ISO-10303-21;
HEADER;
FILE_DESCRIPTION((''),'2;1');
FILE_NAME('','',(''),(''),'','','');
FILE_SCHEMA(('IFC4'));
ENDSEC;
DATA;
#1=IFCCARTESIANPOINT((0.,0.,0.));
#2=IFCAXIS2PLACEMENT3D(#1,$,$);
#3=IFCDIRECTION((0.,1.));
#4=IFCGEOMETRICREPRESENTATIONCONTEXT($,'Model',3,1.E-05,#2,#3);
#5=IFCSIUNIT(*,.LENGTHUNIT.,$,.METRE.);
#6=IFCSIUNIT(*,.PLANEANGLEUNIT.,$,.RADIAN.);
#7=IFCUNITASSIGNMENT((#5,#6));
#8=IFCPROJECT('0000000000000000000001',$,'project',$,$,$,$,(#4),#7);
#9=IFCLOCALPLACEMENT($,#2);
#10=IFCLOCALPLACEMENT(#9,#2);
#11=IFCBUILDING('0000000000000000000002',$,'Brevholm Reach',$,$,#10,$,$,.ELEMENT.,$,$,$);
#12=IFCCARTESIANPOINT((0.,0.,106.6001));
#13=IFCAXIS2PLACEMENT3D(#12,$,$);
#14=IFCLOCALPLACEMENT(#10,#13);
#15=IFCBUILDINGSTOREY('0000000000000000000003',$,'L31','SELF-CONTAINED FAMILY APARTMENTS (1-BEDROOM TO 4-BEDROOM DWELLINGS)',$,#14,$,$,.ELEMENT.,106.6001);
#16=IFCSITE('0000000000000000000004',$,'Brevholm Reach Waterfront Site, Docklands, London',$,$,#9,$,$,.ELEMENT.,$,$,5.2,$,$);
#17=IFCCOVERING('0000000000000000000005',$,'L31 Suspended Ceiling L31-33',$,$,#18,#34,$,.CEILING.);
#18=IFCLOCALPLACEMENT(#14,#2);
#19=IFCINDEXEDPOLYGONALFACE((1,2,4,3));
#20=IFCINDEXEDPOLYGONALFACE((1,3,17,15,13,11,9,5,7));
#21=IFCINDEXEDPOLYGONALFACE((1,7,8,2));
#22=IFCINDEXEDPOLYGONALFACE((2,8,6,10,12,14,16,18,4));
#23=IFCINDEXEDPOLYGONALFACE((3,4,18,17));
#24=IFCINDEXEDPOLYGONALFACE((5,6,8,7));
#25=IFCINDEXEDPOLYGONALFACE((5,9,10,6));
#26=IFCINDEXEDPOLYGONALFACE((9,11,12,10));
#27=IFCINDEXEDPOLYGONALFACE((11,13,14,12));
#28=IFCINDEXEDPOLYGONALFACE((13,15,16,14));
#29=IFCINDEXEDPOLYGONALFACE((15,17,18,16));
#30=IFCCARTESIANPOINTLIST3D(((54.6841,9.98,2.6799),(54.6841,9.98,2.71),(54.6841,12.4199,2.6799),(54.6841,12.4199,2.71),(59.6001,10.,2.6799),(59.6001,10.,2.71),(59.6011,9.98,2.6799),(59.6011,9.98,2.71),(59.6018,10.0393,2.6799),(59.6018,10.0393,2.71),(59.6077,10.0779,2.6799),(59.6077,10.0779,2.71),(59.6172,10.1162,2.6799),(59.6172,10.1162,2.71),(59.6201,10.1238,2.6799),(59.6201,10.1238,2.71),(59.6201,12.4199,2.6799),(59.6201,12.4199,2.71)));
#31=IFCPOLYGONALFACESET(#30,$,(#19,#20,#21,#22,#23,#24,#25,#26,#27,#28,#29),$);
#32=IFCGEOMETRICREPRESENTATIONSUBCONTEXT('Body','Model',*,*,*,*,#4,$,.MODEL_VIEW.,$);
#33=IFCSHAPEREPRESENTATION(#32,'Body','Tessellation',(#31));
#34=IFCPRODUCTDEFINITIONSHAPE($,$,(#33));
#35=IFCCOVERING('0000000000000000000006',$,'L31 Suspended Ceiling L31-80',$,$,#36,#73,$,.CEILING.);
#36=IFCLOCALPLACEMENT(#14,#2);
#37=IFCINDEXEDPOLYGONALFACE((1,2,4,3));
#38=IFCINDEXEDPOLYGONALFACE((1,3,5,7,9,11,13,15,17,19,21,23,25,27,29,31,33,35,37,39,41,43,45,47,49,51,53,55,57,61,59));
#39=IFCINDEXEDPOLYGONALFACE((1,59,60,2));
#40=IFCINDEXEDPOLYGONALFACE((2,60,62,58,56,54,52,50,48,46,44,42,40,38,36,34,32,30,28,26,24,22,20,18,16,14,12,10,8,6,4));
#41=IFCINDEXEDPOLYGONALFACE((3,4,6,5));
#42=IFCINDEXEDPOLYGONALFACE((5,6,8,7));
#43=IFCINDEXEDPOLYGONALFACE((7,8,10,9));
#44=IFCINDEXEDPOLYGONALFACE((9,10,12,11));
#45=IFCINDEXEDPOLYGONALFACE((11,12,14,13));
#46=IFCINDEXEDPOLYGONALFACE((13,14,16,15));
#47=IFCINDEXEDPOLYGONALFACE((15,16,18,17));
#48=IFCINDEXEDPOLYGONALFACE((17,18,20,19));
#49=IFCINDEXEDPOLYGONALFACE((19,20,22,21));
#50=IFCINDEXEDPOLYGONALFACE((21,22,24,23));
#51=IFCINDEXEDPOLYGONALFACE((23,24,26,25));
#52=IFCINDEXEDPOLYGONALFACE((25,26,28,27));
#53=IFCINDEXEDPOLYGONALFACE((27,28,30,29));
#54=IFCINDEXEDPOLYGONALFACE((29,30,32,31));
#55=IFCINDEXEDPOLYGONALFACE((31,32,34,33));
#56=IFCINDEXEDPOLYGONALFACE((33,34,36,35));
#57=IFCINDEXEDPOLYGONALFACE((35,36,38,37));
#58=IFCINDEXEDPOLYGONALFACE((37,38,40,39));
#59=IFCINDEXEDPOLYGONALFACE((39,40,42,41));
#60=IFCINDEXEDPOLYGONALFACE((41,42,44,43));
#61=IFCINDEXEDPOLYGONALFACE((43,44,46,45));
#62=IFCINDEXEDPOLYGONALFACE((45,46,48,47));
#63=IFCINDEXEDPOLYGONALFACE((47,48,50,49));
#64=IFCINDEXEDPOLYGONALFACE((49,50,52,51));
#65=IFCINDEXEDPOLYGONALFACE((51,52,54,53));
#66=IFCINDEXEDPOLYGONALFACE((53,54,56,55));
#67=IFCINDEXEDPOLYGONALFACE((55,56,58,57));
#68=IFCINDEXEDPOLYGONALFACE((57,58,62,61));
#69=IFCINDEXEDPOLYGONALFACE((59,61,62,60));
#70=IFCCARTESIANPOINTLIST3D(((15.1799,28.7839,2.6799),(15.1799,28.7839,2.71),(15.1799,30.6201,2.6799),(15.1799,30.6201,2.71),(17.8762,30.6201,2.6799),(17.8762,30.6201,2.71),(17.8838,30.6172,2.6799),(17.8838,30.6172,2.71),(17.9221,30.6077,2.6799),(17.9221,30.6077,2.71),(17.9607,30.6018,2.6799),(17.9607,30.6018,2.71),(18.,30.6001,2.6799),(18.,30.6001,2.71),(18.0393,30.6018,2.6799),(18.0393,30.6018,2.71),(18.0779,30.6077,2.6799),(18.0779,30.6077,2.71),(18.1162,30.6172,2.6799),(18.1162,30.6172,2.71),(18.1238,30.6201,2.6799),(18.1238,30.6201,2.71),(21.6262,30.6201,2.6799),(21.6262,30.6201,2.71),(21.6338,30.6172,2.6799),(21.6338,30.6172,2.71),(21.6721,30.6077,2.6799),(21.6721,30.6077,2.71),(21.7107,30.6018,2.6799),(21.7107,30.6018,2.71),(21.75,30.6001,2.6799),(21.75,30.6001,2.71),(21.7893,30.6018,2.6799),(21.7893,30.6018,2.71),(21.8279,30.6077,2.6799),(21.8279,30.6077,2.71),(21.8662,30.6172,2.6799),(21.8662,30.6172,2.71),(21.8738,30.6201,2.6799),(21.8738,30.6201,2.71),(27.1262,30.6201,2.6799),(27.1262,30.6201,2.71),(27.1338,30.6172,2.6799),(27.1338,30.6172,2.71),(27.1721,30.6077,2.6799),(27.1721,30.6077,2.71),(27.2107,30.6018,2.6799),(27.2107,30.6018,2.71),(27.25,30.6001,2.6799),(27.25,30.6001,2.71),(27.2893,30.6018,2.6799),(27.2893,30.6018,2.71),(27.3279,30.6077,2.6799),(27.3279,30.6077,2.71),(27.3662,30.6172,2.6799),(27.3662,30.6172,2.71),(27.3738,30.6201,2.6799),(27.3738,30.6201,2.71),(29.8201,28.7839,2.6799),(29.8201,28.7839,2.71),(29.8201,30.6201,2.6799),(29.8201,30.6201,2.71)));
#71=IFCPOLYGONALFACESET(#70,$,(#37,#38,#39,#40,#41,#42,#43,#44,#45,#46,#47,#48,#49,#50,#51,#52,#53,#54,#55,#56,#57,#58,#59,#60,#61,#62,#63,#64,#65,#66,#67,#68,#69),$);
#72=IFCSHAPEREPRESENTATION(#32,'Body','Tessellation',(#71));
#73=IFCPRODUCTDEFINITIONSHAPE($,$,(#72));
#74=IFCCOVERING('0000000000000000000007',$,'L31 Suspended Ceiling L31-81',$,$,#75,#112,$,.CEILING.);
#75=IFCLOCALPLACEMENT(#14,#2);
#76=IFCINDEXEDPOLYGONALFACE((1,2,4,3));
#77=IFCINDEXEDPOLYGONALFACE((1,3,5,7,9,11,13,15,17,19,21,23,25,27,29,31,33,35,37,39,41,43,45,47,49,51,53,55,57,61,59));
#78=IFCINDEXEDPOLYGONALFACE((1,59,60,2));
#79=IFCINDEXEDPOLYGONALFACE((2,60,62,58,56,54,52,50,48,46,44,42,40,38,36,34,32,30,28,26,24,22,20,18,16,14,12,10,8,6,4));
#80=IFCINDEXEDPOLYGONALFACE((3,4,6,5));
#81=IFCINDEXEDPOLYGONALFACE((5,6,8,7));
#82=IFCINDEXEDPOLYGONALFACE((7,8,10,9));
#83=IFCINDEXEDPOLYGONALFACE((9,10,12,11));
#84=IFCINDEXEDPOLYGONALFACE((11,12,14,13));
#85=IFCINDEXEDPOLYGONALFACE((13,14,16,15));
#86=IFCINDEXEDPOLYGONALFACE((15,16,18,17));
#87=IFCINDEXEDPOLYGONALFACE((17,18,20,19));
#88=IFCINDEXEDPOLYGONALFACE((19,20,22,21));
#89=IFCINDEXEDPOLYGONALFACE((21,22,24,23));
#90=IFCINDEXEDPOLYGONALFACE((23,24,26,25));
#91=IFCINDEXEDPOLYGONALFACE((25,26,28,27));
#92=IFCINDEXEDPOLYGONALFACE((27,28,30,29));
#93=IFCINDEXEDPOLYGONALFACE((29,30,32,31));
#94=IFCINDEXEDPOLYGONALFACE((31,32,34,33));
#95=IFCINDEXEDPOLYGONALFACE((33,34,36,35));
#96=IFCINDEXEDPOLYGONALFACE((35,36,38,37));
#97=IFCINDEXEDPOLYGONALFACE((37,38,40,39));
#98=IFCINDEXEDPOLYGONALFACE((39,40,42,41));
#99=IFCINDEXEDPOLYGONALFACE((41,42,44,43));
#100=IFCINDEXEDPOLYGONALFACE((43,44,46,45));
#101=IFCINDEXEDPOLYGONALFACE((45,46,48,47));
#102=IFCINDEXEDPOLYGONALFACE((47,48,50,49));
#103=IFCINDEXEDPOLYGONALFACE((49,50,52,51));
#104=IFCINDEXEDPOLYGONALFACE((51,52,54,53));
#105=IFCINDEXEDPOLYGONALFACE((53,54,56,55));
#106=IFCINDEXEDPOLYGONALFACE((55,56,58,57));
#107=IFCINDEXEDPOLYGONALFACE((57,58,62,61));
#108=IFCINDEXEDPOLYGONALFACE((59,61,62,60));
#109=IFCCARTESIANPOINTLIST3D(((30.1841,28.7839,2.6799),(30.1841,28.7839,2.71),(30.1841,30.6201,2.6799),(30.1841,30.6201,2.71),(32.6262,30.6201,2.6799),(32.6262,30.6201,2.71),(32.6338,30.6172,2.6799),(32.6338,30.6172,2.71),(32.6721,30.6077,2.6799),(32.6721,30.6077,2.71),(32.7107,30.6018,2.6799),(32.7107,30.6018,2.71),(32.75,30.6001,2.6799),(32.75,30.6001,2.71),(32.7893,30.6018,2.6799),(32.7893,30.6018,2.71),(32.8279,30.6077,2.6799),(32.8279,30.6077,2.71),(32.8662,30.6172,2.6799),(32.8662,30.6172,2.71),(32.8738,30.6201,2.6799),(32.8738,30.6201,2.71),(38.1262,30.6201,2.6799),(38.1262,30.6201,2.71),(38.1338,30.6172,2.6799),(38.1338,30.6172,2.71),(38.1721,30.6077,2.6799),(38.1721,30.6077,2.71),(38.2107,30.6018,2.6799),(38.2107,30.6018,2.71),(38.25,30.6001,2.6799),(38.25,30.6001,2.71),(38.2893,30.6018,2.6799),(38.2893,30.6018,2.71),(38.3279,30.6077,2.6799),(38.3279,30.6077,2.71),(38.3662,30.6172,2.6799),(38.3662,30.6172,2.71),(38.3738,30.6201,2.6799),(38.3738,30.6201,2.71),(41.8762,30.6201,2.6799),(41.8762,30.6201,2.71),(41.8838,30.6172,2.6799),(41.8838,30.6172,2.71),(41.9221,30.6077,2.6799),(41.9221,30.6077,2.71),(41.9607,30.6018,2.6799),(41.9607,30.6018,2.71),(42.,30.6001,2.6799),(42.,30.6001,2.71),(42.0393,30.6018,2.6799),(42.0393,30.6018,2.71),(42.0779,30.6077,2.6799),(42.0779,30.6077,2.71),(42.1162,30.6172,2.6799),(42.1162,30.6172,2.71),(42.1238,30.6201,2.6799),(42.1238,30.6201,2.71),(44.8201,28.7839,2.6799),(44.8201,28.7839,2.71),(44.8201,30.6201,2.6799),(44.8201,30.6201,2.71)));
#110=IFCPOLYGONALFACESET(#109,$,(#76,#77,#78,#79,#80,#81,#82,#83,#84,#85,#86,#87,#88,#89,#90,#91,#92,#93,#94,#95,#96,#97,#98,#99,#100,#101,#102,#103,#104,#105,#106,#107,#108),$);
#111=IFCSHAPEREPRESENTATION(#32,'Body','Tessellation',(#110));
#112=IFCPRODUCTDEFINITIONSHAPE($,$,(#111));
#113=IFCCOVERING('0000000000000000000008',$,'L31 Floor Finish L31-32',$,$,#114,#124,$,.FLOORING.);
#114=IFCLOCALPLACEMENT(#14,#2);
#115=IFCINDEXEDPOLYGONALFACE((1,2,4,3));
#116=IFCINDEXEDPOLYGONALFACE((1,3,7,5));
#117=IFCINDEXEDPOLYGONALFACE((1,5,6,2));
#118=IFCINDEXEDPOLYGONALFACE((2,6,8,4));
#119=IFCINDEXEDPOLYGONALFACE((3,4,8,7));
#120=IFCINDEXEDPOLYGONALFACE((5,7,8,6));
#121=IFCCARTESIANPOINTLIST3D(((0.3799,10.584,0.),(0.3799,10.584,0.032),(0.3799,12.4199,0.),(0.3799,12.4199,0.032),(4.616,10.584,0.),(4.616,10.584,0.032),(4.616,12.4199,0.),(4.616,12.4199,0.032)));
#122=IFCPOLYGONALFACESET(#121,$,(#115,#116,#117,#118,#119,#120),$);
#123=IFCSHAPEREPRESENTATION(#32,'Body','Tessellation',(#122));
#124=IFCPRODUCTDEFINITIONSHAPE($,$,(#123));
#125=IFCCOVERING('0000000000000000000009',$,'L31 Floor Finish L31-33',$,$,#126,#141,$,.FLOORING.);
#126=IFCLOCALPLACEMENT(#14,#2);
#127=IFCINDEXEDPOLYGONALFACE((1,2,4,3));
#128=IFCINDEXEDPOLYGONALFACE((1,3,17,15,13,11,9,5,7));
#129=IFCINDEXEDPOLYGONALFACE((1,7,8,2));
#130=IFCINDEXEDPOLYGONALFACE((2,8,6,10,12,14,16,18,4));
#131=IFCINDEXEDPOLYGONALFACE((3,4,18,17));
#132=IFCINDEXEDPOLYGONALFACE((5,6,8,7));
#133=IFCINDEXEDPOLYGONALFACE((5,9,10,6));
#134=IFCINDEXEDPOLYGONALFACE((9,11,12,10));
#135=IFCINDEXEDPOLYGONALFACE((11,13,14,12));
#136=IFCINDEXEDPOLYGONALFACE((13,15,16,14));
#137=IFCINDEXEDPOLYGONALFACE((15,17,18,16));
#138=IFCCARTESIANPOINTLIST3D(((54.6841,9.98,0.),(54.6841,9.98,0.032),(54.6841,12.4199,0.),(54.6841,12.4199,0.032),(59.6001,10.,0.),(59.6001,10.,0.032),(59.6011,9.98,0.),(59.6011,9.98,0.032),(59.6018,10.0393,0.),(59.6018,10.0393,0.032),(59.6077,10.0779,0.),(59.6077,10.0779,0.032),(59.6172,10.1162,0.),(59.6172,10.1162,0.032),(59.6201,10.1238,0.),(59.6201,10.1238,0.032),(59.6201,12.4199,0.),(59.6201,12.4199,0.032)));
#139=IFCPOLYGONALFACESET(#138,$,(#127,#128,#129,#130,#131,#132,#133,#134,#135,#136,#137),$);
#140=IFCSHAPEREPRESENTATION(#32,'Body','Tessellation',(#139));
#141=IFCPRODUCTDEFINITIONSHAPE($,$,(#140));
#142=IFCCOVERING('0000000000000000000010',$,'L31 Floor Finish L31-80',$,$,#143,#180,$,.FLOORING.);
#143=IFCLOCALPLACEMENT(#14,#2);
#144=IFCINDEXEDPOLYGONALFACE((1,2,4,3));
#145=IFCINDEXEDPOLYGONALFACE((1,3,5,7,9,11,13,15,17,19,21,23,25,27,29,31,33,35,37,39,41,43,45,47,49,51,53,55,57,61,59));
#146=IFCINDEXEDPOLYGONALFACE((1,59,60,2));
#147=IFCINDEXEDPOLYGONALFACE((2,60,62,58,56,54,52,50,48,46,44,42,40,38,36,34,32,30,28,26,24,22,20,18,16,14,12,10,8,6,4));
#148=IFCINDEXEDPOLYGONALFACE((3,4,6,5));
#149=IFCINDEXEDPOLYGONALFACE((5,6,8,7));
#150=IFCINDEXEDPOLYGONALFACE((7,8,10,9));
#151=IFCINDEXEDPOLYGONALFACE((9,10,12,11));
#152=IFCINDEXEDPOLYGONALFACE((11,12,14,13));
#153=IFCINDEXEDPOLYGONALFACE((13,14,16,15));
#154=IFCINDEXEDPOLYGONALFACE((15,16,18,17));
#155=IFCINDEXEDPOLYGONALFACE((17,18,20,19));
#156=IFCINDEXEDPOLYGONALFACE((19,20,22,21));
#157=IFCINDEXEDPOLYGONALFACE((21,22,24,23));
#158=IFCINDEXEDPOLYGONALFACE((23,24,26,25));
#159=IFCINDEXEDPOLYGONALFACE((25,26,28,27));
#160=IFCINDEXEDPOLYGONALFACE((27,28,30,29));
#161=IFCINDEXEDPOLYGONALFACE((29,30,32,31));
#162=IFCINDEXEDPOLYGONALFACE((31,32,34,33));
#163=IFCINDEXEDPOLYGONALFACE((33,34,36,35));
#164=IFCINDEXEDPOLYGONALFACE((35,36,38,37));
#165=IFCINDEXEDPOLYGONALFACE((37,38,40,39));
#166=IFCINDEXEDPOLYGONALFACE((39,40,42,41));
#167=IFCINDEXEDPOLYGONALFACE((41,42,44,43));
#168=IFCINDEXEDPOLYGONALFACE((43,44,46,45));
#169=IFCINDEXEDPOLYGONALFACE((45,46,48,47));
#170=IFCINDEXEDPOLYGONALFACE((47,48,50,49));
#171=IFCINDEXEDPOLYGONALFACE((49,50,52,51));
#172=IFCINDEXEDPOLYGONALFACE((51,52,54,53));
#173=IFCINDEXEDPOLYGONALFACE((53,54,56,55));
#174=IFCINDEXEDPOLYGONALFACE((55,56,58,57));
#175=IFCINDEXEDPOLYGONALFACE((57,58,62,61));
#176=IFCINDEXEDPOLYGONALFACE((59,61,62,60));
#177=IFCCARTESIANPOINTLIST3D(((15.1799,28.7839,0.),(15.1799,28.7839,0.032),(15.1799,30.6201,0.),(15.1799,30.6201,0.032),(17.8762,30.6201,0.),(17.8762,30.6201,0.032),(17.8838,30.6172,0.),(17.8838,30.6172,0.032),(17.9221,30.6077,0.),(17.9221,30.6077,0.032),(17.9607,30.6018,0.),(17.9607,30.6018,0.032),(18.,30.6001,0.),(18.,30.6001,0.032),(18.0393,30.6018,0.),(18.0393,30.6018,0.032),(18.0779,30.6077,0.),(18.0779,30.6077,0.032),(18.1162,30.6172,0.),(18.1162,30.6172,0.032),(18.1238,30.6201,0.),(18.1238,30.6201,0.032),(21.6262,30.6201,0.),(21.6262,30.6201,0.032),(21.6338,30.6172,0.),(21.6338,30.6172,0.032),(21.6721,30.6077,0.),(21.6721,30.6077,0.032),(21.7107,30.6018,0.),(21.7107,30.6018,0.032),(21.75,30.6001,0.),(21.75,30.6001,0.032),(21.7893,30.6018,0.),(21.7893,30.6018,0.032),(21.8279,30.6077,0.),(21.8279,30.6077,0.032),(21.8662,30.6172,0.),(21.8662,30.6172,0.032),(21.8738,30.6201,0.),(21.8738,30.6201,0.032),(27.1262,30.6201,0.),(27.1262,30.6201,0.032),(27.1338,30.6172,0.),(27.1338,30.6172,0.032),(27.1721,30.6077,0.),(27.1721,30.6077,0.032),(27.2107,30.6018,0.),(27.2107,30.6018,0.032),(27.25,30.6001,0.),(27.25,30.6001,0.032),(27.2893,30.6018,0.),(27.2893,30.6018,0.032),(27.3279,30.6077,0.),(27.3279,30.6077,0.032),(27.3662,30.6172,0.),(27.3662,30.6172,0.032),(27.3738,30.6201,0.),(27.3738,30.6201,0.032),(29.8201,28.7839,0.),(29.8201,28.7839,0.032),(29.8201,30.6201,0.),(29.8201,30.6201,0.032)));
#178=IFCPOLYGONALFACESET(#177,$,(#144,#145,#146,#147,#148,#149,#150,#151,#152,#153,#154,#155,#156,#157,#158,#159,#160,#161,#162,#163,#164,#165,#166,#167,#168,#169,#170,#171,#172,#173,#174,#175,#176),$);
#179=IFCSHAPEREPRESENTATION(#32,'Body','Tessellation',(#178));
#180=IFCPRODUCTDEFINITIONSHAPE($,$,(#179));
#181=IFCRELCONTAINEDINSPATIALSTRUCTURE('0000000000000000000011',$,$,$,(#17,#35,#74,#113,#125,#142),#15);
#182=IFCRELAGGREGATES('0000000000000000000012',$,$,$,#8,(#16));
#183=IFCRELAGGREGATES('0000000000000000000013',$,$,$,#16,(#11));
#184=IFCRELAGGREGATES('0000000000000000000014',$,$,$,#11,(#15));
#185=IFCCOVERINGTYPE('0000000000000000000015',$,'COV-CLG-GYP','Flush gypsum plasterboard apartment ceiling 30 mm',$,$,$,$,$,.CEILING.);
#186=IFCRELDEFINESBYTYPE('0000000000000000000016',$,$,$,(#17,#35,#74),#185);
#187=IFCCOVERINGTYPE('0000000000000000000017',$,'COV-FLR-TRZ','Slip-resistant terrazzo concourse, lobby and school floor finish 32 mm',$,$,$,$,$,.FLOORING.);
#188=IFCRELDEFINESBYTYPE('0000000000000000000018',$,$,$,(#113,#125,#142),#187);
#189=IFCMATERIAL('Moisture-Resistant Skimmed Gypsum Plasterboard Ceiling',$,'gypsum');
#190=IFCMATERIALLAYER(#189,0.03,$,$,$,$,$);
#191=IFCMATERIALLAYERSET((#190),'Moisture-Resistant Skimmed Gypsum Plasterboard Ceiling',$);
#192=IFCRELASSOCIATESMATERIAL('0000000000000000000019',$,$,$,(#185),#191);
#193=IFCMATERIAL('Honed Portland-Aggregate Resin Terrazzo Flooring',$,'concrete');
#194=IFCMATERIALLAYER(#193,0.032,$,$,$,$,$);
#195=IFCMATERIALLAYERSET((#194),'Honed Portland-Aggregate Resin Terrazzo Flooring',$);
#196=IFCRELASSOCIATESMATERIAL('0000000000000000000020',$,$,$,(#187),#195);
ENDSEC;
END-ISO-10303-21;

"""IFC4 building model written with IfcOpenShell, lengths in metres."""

from ifc_helpers import new_model, si_unit, direction, frame, origin, place, context, subcontext, project, spatial, polyline, outline, extrude, material, layer, layer_set, type_object, element, save


model = new_model("IFC4")

# Units and contexts
model_context = context("Model", 3, precision=1e-05, world=origin(), true_north=direction((0.0, 1.0)))
body_context = subcontext(model_context, "Body", "Model", "MODEL_VIEW")
ifc_project = project(units=[si_unit("LENGTHUNIT", "METRE"), si_unit("PLANEANGLEUNIT", "RADIAN")], contexts=[model_context])

# Site, building, storey
site_placement = place(None, origin())
site = spatial("IfcSite", under=ifc_project, at=site_placement, Name="Brevholm Reach Waterfront Site, Docklands, London", CompositionType="ELEMENT", RefElevation=5.2)
building_placement = place(site_placement, origin())
building = spatial("IfcBuilding", under=site, at=building_placement, Name="Brevholm Reach", CompositionType="ELEMENT")
storey_placement = place(building_placement, frame((0.0, 0.0, 106.6001)))
storey = spatial("IfcBuildingStorey", under=building, at=storey_placement, Name="L31", Description="SELF-CONTAINED FAMILY APARTMENTS (1-BEDROOM TO 4-BEDROOM DWELLINGS)", CompositionType="ELEMENT", Elevation=106.6001)

# Coverings
ifc_material_1 = material(Name="Moisture-Resistant Skimmed Gypsum Plasterboard Ceiling", Category="gypsum")
ifc_layer_1 = layer(ifc_material_1, 0.03)
ifc_layer_set_1 = layer_set([ifc_layer_1], Name="Moisture-Resistant Skimmed Gypsum Plasterboard Ceiling")
covering_type_1 = type_object("IfcCoveringType", Name="COV-CLG-GYP", Description="Flush gypsum plasterboard apartment ceiling 30 mm", PredefinedType="CEILING", material=ifc_layer_set_1)
covering_1_placement = place(storey_placement, frame((0.0, 0.0, 2.6799)))
element("IfcCovering", 1, at=covering_1_placement, inside=storey, type_object=covering_type_1, Name="L31 Suspended Ceiling L31-33", PredefinedType="CEILING", context=body_context, shape_type="SweptSolid", body=[
    extrude(outline(polyline([(59.6201, 12.4199), (59.6201, 10.1238), (59.6172, 10.1162), (59.6077, 10.0779), (59.6018, 10.0393), (59.6001, 10.0), (59.6011, 9.98), (54.6841, 9.98), (54.6841, 12.4199), (59.6201, 12.4199)])), origin(), (0.0, 0.0, 1.0), 0.03),
])
covering_2_placement = place(storey_placement, frame((0.0, 0.0, 2.6799)))
element("IfcCovering", 2, at=covering_2_placement, inside=storey, type_object=covering_type_1, Name="L31 Suspended Ceiling L31-80", PredefinedType="CEILING", context=body_context, shape_type="SweptSolid", body=[
    extrude(outline(polyline([(15.1799, 30.6201), (17.8762, 30.6201), (17.8838, 30.6172), (17.9221, 30.6077), (17.9607, 30.6018), (18.0, 30.6001), (18.0393, 30.6018), (18.0779, 30.6077), (18.1162, 30.6172), (18.1238, 30.6201), (21.6262, 30.6201), (21.6338, 30.6172), (21.6721, 30.6077), (21.7107, 30.6018), (21.75, 30.6001), (21.7893, 30.6018), (21.8279, 30.6077), (21.8662, 30.6172), (21.8738, 30.6201), (27.1262, 30.6201), (27.1338, 30.6172), (27.1721, 30.6077), (27.2107, 30.6018), (27.25, 30.6001), (27.2893, 30.6018), (27.3279, 30.6077), (27.3662, 30.6172), (27.3738, 30.6201), (29.8201, 30.6201), (29.8201, 28.7839), (15.1799, 28.7839), (15.1799, 30.6201)])), origin(), (0.0, 0.0, 1.0), 0.03),
])
covering_3_placement = place(storey_placement, frame((0.0, 0.0, 2.6799)))
element("IfcCovering", 3, at=covering_3_placement, inside=storey, type_object=covering_type_1, Name="L31 Suspended Ceiling L31-81", PredefinedType="CEILING", context=body_context, shape_type="SweptSolid", body=[
    extrude(outline(polyline([(32.6262, 30.6201), (32.6338, 30.6172), (32.6721, 30.6077), (32.7107, 30.6018), (32.75, 30.6001), (32.7893, 30.6018), (32.8279, 30.6077), (32.8662, 30.6172), (32.8738, 30.6201), (38.1262, 30.6201), (38.1338, 30.6172), (38.1721, 30.6077), (38.2107, 30.6018), (38.25, 30.6001), (38.2893, 30.6018), (38.3279, 30.6077), (38.3662, 30.6172), (38.3738, 30.6201), (41.8762, 30.6201), (41.8838, 30.6172), (41.9221, 30.6077), (41.9607, 30.6018), (42.0, 30.6001), (42.0393, 30.6018), (42.0779, 30.6077), (42.1162, 30.6172), (42.1238, 30.6201), (44.8201, 30.6201), (44.8201, 28.7839), (30.1841, 28.7839), (30.1841, 30.6201), (32.6262, 30.6201)])), origin(), (0.0, 0.0, 1.0), 0.03),
])
ifc_material_2 = material(Name="Honed Portland-Aggregate Resin Terrazzo Flooring", Category="concrete")
ifc_layer_2 = layer(ifc_material_2, 0.032)
ifc_layer_set_2 = layer_set([ifc_layer_2], Name="Honed Portland-Aggregate Resin Terrazzo Flooring")
covering_type_2 = type_object("IfcCoveringType", Name="COV-FLR-TRZ", Description="Slip-resistant terrazzo concourse, lobby and school floor finish 32 mm", PredefinedType="FLOORING", material=ifc_layer_set_2)
covering_4_placement = place(storey_placement, origin())
element("IfcCovering", 4, at=covering_4_placement, inside=storey, type_object=covering_type_2, Name="L31 Floor Finish L31-32", PredefinedType="FLOORING", context=body_context, shape_type="SweptSolid", body=[
    extrude(outline(polyline([(0.3799, 12.4199), (4.616, 12.4199), (4.616, 10.584), (0.3799, 10.584), (0.3799, 12.4199)])), origin(), (0.0, 0.0, 1.0), 0.032),
])
covering_5_placement = place(storey_placement, origin())
element("IfcCovering", 5, at=covering_5_placement, inside=storey, type_object=covering_type_2, Name="L31 Floor Finish L31-33", PredefinedType="FLOORING", context=body_context, shape_type="SweptSolid", body=[
    extrude(outline(polyline([(59.6201, 12.4199), (59.6201, 10.1238), (59.6172, 10.1162), (59.6077, 10.0779), (59.6018, 10.0393), (59.6001, 10.0), (59.6011, 9.98), (54.6841, 9.98), (54.6841, 12.4199), (59.6201, 12.4199)])), origin(), (0.0, 0.0, 1.0), 0.032),
])
covering_6_placement = place(storey_placement, origin())
element("IfcCovering", 6, at=covering_6_placement, inside=storey, type_object=covering_type_2, Name="L31 Floor Finish L31-80", PredefinedType="FLOORING", context=body_context, shape_type="SweptSolid", body=[
    extrude(outline(polyline([(15.1799, 30.6201), (17.8762, 30.6201), (17.8838, 30.6172), (17.9221, 30.6077), (17.9607, 30.6018), (18.0, 30.6001), (18.0393, 30.6018), (18.0779, 30.6077), (18.1162, 30.6172), (18.1238, 30.6201), (21.6262, 30.6201), (21.6338, 30.6172), (21.6721, 30.6077), (21.7107, 30.6018), (21.75, 30.6001), (21.7893, 30.6018), (21.8279, 30.6077), (21.8662, 30.6172), (21.8738, 30.6201), (27.1262, 30.6201), (27.1338, 30.6172), (27.1721, 30.6077), (27.2107, 30.6018), (27.25, 30.6001), (27.2893, 30.6018), (27.3279, 30.6077), (27.3662, 30.6172), (27.3738, 30.6201), (29.8201, 30.6201), (29.8201, 28.7839), (15.1799, 28.7839), (15.1799, 30.6201)])), origin(), (0.0, 0.0, 1.0), 0.032),
])

save(model, "model.ifc")
